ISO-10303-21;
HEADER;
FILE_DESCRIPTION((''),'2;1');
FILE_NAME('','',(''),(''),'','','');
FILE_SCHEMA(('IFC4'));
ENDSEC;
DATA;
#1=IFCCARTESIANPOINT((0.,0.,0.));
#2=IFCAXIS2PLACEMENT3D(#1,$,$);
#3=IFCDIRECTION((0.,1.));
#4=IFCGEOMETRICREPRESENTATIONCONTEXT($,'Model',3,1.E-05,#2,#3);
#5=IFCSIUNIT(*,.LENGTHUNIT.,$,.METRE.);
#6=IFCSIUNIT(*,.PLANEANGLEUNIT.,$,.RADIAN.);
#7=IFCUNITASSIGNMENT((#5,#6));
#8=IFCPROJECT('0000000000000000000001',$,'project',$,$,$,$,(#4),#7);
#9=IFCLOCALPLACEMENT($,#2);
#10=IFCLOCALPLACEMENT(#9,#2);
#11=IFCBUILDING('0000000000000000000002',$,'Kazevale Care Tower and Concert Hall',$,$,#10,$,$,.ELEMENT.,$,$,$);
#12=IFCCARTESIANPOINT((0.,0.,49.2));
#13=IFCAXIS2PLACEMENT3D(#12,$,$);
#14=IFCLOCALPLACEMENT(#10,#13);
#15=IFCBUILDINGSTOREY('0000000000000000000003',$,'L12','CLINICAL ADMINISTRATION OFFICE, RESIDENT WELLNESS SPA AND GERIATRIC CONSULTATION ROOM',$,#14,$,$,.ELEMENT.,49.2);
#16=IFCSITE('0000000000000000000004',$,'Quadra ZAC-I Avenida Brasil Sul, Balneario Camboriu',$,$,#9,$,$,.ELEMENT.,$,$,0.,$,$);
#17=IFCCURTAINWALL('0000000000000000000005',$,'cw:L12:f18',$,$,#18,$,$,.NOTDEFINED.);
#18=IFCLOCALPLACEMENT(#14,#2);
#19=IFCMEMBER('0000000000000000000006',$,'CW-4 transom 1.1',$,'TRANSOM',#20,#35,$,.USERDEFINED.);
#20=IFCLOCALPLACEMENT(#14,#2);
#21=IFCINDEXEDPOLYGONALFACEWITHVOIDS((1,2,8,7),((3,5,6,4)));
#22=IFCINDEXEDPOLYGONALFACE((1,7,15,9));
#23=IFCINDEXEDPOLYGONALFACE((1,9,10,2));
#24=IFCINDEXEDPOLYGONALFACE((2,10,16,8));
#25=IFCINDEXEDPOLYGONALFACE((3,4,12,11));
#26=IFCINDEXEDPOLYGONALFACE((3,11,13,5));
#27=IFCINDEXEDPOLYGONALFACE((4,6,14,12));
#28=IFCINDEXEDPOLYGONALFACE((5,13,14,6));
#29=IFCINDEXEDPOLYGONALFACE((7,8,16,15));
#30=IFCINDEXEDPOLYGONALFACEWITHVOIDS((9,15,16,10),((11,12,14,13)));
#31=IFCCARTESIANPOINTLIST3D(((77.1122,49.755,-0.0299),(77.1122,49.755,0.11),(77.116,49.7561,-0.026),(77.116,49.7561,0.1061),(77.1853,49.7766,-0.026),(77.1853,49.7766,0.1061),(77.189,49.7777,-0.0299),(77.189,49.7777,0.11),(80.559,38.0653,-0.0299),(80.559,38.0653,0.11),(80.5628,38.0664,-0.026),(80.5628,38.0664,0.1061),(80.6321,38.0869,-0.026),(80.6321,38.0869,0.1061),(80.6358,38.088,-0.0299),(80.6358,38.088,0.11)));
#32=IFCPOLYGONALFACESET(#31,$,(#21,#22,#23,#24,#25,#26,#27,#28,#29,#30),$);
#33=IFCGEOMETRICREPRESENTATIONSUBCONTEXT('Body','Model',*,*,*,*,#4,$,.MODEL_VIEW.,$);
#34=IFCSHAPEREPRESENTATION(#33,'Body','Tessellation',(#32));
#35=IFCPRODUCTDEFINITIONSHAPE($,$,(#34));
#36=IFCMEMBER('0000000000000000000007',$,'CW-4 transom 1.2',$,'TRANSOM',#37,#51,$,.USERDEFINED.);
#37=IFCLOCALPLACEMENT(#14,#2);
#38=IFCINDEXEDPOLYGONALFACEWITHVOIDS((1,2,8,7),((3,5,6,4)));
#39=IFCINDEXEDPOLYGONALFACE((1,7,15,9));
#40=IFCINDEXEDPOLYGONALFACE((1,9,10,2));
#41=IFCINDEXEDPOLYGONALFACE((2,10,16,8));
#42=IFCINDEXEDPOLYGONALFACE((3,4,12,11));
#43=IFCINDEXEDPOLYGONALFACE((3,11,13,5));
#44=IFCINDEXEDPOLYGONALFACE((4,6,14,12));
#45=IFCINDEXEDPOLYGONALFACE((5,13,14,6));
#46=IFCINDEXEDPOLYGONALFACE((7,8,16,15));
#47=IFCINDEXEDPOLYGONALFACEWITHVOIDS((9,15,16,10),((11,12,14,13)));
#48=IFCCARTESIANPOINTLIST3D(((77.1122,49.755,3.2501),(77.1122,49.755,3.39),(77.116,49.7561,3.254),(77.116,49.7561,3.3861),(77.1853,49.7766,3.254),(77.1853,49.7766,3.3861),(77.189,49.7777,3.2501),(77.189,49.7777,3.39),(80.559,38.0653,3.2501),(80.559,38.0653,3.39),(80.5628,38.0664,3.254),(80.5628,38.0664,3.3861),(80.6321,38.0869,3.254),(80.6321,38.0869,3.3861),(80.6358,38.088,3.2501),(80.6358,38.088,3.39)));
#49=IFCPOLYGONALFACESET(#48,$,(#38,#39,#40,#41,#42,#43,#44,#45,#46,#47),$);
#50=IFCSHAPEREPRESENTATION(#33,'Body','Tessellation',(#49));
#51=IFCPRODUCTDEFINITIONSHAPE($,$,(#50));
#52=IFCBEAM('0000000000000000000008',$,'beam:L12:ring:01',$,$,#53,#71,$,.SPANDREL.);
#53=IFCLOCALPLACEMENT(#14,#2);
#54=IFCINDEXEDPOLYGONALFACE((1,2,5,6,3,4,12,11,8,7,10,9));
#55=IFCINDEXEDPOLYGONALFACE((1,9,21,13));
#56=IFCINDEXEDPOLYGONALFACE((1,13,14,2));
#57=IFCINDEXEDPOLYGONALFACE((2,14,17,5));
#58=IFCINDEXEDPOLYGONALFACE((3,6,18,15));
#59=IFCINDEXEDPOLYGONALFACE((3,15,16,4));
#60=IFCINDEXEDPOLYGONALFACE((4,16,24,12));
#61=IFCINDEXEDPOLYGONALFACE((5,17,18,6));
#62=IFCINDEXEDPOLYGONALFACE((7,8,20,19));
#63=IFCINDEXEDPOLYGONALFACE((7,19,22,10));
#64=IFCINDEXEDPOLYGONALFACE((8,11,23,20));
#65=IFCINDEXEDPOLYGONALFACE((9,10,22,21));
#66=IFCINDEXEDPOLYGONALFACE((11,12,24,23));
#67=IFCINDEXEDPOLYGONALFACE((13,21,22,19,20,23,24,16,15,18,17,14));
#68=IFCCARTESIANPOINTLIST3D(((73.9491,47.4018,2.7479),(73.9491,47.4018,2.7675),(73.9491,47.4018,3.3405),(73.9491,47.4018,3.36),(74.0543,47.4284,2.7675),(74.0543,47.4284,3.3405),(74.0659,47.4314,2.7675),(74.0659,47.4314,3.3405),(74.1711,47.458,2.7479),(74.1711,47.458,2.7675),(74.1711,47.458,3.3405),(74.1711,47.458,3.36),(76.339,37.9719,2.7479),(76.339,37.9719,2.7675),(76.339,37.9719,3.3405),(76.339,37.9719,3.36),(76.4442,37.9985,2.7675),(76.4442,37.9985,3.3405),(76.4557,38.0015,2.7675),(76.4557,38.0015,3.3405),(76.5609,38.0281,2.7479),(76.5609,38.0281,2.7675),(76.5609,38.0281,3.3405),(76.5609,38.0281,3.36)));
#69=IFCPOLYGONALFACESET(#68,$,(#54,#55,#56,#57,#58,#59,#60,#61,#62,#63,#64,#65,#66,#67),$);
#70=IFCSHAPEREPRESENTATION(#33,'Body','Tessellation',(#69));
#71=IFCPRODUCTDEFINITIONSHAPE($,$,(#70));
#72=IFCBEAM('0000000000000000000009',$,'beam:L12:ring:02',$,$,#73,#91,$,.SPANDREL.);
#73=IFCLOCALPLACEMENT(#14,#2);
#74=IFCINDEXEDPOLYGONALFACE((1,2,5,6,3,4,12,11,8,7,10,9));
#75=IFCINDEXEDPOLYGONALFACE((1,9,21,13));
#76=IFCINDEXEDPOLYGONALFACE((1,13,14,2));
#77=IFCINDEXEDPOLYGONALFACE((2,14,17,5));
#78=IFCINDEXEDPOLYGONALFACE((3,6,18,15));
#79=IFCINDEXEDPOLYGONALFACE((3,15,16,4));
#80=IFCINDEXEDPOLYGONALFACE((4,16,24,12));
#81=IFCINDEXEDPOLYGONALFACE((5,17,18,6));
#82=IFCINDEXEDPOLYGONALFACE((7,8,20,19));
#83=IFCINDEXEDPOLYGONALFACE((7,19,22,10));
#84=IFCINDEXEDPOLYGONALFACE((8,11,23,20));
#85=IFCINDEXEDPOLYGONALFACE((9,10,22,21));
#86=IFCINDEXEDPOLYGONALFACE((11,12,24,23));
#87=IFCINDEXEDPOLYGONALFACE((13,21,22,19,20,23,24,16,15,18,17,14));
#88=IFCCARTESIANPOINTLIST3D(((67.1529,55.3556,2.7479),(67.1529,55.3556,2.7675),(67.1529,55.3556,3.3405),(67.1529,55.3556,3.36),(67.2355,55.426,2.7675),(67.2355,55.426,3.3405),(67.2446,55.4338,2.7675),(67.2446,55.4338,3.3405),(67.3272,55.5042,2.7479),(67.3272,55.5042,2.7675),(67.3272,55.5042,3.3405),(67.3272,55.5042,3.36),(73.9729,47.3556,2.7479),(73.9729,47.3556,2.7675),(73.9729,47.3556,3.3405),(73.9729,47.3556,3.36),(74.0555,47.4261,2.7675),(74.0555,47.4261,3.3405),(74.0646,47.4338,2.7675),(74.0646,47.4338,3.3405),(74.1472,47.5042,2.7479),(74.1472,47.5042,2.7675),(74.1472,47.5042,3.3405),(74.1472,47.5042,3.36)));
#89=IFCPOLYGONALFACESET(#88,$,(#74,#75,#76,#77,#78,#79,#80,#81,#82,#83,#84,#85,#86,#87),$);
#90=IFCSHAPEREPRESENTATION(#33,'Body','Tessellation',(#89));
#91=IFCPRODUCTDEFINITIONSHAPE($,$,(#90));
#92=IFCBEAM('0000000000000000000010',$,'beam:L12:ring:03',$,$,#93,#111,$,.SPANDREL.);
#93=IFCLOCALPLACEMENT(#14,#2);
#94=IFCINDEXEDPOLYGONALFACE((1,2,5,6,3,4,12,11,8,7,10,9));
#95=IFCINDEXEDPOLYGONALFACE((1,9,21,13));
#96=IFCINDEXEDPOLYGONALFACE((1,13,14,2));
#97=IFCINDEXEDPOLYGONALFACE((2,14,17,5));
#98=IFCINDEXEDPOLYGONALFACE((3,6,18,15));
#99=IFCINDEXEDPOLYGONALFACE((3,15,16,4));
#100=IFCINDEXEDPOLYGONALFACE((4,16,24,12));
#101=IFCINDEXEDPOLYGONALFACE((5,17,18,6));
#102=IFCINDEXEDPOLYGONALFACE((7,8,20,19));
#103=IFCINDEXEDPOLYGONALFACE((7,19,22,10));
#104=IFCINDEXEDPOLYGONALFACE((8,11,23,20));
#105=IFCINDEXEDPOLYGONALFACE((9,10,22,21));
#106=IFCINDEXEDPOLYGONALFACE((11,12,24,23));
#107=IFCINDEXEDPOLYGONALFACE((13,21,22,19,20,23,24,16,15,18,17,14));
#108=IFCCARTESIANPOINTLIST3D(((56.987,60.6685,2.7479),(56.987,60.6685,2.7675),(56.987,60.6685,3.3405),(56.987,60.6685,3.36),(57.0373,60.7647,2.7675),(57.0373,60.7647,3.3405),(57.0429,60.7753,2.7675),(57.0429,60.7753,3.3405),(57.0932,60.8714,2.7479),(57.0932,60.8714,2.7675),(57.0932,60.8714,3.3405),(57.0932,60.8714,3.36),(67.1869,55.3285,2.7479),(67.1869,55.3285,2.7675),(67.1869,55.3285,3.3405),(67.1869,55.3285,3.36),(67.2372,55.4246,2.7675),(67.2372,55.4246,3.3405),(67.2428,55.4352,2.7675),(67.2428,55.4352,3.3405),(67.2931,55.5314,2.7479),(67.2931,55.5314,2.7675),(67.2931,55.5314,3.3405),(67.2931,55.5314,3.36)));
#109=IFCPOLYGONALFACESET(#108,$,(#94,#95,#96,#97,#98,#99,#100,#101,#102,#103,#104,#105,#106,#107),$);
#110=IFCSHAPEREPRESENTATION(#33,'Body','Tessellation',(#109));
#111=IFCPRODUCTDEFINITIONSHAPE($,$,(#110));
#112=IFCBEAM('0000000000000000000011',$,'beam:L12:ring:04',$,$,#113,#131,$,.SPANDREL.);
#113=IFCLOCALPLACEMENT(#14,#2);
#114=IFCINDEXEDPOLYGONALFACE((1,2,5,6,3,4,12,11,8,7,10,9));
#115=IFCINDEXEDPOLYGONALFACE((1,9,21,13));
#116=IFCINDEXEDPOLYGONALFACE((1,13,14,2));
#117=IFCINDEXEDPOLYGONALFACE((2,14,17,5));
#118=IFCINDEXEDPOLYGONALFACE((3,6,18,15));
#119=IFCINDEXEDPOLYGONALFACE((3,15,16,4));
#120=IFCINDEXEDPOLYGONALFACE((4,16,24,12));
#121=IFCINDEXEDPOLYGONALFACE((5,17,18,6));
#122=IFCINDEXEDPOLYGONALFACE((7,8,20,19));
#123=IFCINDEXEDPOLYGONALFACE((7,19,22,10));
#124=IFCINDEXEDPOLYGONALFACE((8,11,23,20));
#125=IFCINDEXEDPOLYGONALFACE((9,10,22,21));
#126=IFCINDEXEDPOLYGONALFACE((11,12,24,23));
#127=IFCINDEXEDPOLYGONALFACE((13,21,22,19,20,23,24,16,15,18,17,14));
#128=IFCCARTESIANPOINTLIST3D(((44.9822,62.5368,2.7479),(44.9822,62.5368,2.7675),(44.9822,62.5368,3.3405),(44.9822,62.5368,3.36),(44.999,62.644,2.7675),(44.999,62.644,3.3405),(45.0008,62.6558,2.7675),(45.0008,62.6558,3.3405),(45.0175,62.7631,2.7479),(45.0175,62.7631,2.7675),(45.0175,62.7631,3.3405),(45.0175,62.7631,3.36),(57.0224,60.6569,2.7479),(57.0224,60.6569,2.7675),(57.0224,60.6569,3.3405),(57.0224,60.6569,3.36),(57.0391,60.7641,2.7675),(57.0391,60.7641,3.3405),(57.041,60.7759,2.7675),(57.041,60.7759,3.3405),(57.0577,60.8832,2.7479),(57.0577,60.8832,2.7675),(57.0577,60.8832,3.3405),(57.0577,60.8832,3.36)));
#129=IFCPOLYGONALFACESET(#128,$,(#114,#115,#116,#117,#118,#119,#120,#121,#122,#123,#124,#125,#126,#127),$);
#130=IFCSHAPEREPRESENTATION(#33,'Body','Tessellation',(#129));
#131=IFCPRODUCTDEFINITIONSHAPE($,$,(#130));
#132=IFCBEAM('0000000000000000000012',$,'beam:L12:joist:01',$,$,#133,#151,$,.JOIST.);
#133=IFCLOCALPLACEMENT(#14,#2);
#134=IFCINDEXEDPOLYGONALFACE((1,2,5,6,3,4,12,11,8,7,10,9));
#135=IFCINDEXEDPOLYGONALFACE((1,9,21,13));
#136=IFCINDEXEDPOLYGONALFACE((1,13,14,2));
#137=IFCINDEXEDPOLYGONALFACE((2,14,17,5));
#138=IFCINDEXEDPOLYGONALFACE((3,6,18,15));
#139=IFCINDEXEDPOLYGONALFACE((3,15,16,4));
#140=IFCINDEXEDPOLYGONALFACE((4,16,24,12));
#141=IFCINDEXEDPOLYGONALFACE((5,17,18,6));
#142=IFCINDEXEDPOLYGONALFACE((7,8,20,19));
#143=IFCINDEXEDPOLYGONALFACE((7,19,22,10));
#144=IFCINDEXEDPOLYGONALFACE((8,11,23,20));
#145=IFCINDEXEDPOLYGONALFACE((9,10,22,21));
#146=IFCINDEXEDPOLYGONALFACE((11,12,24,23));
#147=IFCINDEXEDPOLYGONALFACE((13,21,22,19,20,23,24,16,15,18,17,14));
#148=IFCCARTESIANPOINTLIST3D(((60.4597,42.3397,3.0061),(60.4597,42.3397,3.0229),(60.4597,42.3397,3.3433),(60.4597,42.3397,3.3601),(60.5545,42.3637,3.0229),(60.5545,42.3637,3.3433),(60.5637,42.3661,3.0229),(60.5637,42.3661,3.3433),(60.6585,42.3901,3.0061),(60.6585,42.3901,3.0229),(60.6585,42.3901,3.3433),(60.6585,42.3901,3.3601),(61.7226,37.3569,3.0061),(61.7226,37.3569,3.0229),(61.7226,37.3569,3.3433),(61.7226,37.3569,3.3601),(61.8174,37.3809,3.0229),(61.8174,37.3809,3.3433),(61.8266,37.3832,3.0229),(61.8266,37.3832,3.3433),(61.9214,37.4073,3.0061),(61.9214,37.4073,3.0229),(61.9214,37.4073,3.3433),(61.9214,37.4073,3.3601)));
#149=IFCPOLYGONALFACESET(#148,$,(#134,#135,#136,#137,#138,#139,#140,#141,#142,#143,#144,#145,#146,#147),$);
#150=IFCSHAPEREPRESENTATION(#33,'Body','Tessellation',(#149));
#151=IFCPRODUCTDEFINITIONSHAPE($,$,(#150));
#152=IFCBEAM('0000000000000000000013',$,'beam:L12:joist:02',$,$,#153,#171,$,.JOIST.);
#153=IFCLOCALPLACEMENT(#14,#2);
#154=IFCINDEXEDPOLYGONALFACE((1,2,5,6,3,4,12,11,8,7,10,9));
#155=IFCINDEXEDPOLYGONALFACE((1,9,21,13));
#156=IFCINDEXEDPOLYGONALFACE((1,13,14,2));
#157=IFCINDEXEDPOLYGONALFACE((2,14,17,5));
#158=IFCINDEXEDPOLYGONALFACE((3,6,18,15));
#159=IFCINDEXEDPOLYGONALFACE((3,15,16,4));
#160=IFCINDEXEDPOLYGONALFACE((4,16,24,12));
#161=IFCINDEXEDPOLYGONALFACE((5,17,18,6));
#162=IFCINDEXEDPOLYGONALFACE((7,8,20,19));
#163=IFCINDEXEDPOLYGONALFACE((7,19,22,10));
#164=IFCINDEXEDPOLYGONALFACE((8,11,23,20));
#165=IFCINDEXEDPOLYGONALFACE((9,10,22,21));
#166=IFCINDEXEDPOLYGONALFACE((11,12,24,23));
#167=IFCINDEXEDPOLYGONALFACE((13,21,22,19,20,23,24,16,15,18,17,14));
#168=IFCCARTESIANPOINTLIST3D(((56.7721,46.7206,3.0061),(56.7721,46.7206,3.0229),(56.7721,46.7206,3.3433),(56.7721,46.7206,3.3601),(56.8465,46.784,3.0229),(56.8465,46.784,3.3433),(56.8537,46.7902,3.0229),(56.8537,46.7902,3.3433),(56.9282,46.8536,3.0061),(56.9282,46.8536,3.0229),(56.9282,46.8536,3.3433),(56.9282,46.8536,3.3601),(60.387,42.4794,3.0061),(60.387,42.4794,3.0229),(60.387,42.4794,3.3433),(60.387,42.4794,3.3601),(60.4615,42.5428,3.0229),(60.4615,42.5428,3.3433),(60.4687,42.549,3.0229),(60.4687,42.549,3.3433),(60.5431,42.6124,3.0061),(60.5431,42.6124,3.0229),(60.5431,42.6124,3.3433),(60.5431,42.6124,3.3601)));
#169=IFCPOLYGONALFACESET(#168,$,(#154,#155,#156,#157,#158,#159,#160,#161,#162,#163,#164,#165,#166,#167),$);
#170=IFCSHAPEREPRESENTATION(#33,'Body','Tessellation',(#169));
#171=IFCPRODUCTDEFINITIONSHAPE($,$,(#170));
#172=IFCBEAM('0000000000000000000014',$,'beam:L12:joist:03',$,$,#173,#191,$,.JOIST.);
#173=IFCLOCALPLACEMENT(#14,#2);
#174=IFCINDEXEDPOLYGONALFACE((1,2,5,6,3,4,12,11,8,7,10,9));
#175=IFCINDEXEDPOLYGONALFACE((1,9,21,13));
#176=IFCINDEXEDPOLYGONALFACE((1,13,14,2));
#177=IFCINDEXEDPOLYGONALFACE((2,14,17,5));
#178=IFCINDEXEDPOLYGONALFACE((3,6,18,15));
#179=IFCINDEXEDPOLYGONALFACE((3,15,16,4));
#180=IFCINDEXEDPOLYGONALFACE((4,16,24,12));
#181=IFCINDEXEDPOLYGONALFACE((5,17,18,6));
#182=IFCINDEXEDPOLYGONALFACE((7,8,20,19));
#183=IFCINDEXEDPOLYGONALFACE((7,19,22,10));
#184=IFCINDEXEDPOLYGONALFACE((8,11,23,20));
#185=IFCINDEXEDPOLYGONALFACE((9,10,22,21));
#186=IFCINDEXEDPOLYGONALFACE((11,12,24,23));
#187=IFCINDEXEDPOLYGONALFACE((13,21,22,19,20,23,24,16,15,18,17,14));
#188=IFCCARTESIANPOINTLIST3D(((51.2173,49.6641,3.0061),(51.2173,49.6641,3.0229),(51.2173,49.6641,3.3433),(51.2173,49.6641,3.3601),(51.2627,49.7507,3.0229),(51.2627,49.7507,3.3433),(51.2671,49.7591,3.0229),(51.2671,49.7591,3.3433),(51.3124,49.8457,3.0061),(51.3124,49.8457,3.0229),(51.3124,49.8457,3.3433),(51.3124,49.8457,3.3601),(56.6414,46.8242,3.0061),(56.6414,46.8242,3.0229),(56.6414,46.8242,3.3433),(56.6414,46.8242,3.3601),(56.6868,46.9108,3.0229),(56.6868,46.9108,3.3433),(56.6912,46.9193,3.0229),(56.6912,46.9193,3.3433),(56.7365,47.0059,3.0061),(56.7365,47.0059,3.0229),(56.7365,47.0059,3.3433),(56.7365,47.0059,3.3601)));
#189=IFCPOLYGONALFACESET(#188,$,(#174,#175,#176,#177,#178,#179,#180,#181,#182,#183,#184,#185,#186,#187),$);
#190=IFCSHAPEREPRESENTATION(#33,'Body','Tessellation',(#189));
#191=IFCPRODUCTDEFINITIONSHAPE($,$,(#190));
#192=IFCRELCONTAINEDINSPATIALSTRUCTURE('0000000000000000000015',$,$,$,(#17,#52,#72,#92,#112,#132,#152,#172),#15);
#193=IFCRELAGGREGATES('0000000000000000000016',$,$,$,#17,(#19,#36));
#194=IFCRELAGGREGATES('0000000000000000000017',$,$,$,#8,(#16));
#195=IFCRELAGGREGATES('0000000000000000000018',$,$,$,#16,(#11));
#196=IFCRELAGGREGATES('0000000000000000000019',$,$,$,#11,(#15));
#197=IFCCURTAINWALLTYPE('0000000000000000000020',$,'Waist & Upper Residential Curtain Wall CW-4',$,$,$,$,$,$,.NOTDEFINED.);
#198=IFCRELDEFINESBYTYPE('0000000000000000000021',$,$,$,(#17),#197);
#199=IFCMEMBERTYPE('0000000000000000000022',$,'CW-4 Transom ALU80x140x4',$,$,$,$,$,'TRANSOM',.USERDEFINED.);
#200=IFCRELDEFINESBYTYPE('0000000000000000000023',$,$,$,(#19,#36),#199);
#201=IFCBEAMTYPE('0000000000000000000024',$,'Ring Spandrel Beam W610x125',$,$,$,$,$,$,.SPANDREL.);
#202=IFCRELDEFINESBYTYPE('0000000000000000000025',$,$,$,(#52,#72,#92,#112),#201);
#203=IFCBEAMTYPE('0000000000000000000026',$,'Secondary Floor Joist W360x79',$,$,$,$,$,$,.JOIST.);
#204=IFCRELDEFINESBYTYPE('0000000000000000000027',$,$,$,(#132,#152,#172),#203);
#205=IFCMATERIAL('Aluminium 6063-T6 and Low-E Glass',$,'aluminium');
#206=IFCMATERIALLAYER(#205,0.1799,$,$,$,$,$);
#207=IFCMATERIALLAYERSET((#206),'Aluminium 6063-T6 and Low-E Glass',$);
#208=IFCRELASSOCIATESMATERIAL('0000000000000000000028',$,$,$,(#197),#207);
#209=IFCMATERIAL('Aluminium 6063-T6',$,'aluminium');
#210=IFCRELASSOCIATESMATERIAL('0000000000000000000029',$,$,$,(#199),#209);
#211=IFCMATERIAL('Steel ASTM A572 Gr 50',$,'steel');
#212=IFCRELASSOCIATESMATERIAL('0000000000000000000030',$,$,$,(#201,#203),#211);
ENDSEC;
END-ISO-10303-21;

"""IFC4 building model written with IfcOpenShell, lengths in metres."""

from ifc_helpers import new_model, si_unit, direction, frame, origin, origin_2d, place, context, subcontext, project, spatial, hollow_rectangle, i_section, extrude, material, layer, layer_set, material_profile, profile_set, type_object, element, aggregate, save


model = new_model("IFC4")

# Units and contexts
model_context = context("Model", 3, precision=1e-05, world=origin(), true_north=direction((0.0, 1.0)))
body_context = subcontext(model_context, "Body", "Model", "MODEL_VIEW")
ifc_project = project(units=[si_unit("LENGTHUNIT", "METRE"), si_unit("PLANEANGLEUNIT", "RADIAN")], contexts=[model_context])

# Site, building, storey
site_placement = place(None, origin())
site = spatial("IfcSite", under=ifc_project, at=site_placement, Name="Quadra ZAC-I Avenida Brasil Sul, Balneario Camboriu", CompositionType="ELEMENT", RefElevation=0.0)
building_placement = place(site_placement, origin())
building = spatial("IfcBuilding", under=site, at=building_placement, Name="Kazevale Care Tower and Concert Hall", CompositionType="ELEMENT")
storey_placement = place(building_placement, frame((0.0, 0.0, 49.2)))
storey = spatial("IfcBuildingStorey", under=building, at=storey_placement, Name="L12", Description="CLINICAL ADMINISTRATION OFFICE, RESIDENT WELLNESS SPA AND GERIATRIC CONSULTATION ROOM", CompositionType="ELEMENT", Elevation=49.2)

# Shared definitions
ifc_material_1 = material(Name="Aluminium 6063-T6 and Low-E Glass", Category="aluminium")
ifc_material_2 = material(Name="Aluminium 6063-T6", Category="aluminium")

# Shared definitions
ifc_layer_1 = layer(ifc_material_1, 0.1799)
ifc_layer_set_1 = layer_set([ifc_layer_1], Name="Aluminium 6063-T6 and Low-E Glass")
curtain_wall_type_1 = type_object("IfcCurtainWallType", Name="Waist & Upper Residential Curtain Wall CW-4", PredefinedType="NOTDEFINED", material=ifc_layer_set_1)

# Curtain wall
curtain_wall_1_placement = place(storey_placement, origin())
curtain_wall_1 = element("IfcCurtainWall", 1, at=curtain_wall_1_placement, inside=storey, type_object=curtain_wall_type_1, Name="cw:L12:f18", PredefinedType="NOTDEFINED")

# Members
ifc_material_profile_1 = material_profile(ifc_material_2, hollow_rectangle(XDim=0.0801, YDim=0.1399, WallThickness=0.0039, at=origin_2d()), Name="ALU80x140x4")
ifc_profile_set_1 = profile_set([ifc_material_profile_1], Name="Aluminium 6063-T6")
member_type_1 = type_object("IfcMemberType", Name="CW-4 Transom ALU80x140x4", ElementType="TRANSOM", PredefinedType="USERDEFINED", material=ifc_profile_set_1)
member_1_placement = place(storey_placement, frame((77.1506, 49.7664, 0.04), z_axis=(0.282818, -0.959174, 0.0), x_axis=(0.959174, 0.282818, 0.0)))
member_1 = element("IfcMember", 2, at=member_1_placement, type_object=member_type_1, Name="CW-4 transom 1.1", ObjectType="TRANSOM", PredefinedType="USERDEFINED", context=body_context, shape_type="SweptSolid", body=[
    extrude(hollow_rectangle(XDim=0.0801, YDim=0.1399, WallThickness=0.0039, at=origin_2d()), origin(), (0.0, 0.0, 1.0), 12.1873),
])
member_2_placement = place(storey_placement, frame((77.1506, 49.7664, 3.3201), z_axis=(0.282818, -0.959174, 0.0), x_axis=(0.959174, 0.282818, 0.0)))
member_2 = element("IfcMember", 3, at=member_2_placement, type_object=member_type_1, Name="CW-4 transom 1.2", ObjectType="TRANSOM", PredefinedType="USERDEFINED", context=body_context, shape_type="SweptSolid", body=[
    extrude(hollow_rectangle(XDim=0.0801, YDim=0.1399, WallThickness=0.0039, at=origin_2d()), origin(), (0.0, 0.0, 1.0), 12.1873),
])

# Beams
ifc_material_3 = material(Name="Steel ASTM A572 Gr 50", Category="steel")
ifc_material_profile_2 = material_profile(ifc_material_3, i_section(OverallWidth=0.229, OverallDepth=0.6121, WebThickness=0.012, FlangeThickness=0.0195, at=origin_2d()), Name="W610x125")
ifc_profile_set_2 = profile_set([ifc_material_profile_2], Name="Steel ASTM A572 Gr 50")
beam_type_1 = type_object("IfcBeamType", Name="Ring Spandrel Beam W610x125", PredefinedType="SPANDREL", material=ifc_profile_set_2)
beam_1_placement = place(storey_placement, frame((76.45, 38.0, 3.054), z_axis=(-0.24567, 0.969354, 0.0), x_axis=(-0.969354, -0.24567, 0.0)))
element("IfcBeam", 4, at=beam_1_placement, inside=storey, type_object=beam_type_1, Name="beam:L12:ring:01", PredefinedType="SPANDREL", context=body_context, shape_type="SweptSolid", body=[
    extrude(i_section(OverallWidth=0.229, OverallDepth=0.6121, WebThickness=0.012, FlangeThickness=0.0195, at=origin_2d()), origin(), (0.0, 0.0, 1.0), 9.728),
])
beam_2_placement = place(storey_placement, frame((74.0601, 47.4299, 3.054), z_axis=(-0.648756, 0.760996, 0.0), x_axis=(-0.760996, -0.648756, 0.0)))
element("IfcBeam", 5, at=beam_2_placement, inside=storey, type_object=beam_type_1, Name="beam:L12:ring:02", PredefinedType="SPANDREL", context=body_context, shape_type="SweptSolid", body=[
    extrude(i_section(OverallWidth=0.229, OverallDepth=0.6121, WebThickness=0.012, FlangeThickness=0.0195, at=origin_2d()), origin(), (0.0, 0.0, 1.0), 10.5125),
])
beam_3_placement = place(storey_placement, frame((67.24, 55.4299, 3.054), z_axis=(-0.885929, 0.46382, 0.0), x_axis=(-0.46382, -0.885929, 0.0)))
element("IfcBeam", 6, at=beam_3_placement, inside=storey, type_object=beam_type_1, Name="beam:L12:ring:03", PredefinedType="SPANDREL", context=body_context, shape_type="SweptSolid", body=[
    extrude(i_section(OverallWidth=0.229, OverallDepth=0.6121, WebThickness=0.012, FlangeThickness=0.0195, at=origin_2d()), origin(), (0.0, 0.0, 1.0), 11.5132),
])
beam_4_placement = place(storey_placement, frame((57.04, 60.77, 3.054), z_axis=(-0.988029, 0.154267, 0.0), x_axis=(-0.154267, -0.988029, 0.0)))
element("IfcBeam", 7, at=beam_4_placement, inside=storey, type_object=beam_type_1, Name="beam:L12:ring:04", PredefinedType="SPANDREL", context=body_context, shape_type="SweptSolid", body=[
    extrude(i_section(OverallWidth=0.229, OverallDepth=0.6121, WebThickness=0.012, FlangeThickness=0.0195, at=origin_2d()), origin(), (0.0, 0.0, 1.0), 12.186),
])
ifc_material_profile_3 = material_profile(ifc_material_3, i_section(OverallWidth=0.2051, OverallDepth=0.354, WebThickness=0.0095, FlangeThickness=0.0168, at=origin_2d()), Name="W360x79")
ifc_profile_set_3 = profile_set([ifc_material_profile_3], Name="Steel ASTM A572 Gr 50")
beam_type_2 = type_object("IfcBeamType", Name="Secondary Floor Joist W360x79", PredefinedType="JOIST", material=ifc_profile_set_3)
beam_5_placement = place(storey_placement, frame((61.822, 37.3821, 3.1831), z_axis=(-0.245686, 0.96935, 0.0), x_axis=(-0.96935, -0.245686, 0.0)))
element("IfcBeam", 8, at=beam_5_placement, inside=storey, type_object=beam_type_2, Name="beam:L12:joist:01", PredefinedType="JOIST", context=body_context, shape_type="SweptSolid", body=[
    extrude(i_section(OverallWidth=0.2051, OverallDepth=0.354, WebThickness=0.0095, FlangeThickness=0.0168, at=origin_2d()), origin(), (0.0, 0.0, 1.0), 5.1404),
])
beam_6_placement = place(storey_placement, frame((60.4651, 42.5459, 3.1831), z_axis=(-0.648686, 0.761057, 0.0), x_axis=(-0.761057, -0.648686, 0.0)))
element("IfcBeam", 9, at=beam_6_placement, inside=storey, type_object=beam_type_2, Name="beam:L12:joist:02", PredefinedType="JOIST", context=body_context, shape_type="SweptSolid", body=[
    extrude(i_section(OverallWidth=0.2051, OverallDepth=0.354, WebThickness=0.0095, FlangeThickness=0.0168, at=origin_2d()), origin(), (0.0, 0.0, 1.0), 5.5728),
])
beam_7_placement = place(storey_placement, frame((56.689, 46.915, 3.1831), z_axis=(-0.885921, 0.463836, 0.0), x_axis=(-0.463836, -0.885921, 0.0)))
element("IfcBeam", 10, at=beam_7_placement, inside=storey, type_object=beam_type_2, Name="beam:L12:joist:03", PredefinedType="JOIST", context=body_context, shape_type="SweptSolid", body=[
    extrude(i_section(OverallWidth=0.2051, OverallDepth=0.354, WebThickness=0.0095, FlangeThickness=0.0168, at=origin_2d()), origin(), (0.0, 0.0, 1.0), 6.1226),
])

aggregate(curtain_wall_1, [member_1, member_2])

save(model, "model.ifc")
